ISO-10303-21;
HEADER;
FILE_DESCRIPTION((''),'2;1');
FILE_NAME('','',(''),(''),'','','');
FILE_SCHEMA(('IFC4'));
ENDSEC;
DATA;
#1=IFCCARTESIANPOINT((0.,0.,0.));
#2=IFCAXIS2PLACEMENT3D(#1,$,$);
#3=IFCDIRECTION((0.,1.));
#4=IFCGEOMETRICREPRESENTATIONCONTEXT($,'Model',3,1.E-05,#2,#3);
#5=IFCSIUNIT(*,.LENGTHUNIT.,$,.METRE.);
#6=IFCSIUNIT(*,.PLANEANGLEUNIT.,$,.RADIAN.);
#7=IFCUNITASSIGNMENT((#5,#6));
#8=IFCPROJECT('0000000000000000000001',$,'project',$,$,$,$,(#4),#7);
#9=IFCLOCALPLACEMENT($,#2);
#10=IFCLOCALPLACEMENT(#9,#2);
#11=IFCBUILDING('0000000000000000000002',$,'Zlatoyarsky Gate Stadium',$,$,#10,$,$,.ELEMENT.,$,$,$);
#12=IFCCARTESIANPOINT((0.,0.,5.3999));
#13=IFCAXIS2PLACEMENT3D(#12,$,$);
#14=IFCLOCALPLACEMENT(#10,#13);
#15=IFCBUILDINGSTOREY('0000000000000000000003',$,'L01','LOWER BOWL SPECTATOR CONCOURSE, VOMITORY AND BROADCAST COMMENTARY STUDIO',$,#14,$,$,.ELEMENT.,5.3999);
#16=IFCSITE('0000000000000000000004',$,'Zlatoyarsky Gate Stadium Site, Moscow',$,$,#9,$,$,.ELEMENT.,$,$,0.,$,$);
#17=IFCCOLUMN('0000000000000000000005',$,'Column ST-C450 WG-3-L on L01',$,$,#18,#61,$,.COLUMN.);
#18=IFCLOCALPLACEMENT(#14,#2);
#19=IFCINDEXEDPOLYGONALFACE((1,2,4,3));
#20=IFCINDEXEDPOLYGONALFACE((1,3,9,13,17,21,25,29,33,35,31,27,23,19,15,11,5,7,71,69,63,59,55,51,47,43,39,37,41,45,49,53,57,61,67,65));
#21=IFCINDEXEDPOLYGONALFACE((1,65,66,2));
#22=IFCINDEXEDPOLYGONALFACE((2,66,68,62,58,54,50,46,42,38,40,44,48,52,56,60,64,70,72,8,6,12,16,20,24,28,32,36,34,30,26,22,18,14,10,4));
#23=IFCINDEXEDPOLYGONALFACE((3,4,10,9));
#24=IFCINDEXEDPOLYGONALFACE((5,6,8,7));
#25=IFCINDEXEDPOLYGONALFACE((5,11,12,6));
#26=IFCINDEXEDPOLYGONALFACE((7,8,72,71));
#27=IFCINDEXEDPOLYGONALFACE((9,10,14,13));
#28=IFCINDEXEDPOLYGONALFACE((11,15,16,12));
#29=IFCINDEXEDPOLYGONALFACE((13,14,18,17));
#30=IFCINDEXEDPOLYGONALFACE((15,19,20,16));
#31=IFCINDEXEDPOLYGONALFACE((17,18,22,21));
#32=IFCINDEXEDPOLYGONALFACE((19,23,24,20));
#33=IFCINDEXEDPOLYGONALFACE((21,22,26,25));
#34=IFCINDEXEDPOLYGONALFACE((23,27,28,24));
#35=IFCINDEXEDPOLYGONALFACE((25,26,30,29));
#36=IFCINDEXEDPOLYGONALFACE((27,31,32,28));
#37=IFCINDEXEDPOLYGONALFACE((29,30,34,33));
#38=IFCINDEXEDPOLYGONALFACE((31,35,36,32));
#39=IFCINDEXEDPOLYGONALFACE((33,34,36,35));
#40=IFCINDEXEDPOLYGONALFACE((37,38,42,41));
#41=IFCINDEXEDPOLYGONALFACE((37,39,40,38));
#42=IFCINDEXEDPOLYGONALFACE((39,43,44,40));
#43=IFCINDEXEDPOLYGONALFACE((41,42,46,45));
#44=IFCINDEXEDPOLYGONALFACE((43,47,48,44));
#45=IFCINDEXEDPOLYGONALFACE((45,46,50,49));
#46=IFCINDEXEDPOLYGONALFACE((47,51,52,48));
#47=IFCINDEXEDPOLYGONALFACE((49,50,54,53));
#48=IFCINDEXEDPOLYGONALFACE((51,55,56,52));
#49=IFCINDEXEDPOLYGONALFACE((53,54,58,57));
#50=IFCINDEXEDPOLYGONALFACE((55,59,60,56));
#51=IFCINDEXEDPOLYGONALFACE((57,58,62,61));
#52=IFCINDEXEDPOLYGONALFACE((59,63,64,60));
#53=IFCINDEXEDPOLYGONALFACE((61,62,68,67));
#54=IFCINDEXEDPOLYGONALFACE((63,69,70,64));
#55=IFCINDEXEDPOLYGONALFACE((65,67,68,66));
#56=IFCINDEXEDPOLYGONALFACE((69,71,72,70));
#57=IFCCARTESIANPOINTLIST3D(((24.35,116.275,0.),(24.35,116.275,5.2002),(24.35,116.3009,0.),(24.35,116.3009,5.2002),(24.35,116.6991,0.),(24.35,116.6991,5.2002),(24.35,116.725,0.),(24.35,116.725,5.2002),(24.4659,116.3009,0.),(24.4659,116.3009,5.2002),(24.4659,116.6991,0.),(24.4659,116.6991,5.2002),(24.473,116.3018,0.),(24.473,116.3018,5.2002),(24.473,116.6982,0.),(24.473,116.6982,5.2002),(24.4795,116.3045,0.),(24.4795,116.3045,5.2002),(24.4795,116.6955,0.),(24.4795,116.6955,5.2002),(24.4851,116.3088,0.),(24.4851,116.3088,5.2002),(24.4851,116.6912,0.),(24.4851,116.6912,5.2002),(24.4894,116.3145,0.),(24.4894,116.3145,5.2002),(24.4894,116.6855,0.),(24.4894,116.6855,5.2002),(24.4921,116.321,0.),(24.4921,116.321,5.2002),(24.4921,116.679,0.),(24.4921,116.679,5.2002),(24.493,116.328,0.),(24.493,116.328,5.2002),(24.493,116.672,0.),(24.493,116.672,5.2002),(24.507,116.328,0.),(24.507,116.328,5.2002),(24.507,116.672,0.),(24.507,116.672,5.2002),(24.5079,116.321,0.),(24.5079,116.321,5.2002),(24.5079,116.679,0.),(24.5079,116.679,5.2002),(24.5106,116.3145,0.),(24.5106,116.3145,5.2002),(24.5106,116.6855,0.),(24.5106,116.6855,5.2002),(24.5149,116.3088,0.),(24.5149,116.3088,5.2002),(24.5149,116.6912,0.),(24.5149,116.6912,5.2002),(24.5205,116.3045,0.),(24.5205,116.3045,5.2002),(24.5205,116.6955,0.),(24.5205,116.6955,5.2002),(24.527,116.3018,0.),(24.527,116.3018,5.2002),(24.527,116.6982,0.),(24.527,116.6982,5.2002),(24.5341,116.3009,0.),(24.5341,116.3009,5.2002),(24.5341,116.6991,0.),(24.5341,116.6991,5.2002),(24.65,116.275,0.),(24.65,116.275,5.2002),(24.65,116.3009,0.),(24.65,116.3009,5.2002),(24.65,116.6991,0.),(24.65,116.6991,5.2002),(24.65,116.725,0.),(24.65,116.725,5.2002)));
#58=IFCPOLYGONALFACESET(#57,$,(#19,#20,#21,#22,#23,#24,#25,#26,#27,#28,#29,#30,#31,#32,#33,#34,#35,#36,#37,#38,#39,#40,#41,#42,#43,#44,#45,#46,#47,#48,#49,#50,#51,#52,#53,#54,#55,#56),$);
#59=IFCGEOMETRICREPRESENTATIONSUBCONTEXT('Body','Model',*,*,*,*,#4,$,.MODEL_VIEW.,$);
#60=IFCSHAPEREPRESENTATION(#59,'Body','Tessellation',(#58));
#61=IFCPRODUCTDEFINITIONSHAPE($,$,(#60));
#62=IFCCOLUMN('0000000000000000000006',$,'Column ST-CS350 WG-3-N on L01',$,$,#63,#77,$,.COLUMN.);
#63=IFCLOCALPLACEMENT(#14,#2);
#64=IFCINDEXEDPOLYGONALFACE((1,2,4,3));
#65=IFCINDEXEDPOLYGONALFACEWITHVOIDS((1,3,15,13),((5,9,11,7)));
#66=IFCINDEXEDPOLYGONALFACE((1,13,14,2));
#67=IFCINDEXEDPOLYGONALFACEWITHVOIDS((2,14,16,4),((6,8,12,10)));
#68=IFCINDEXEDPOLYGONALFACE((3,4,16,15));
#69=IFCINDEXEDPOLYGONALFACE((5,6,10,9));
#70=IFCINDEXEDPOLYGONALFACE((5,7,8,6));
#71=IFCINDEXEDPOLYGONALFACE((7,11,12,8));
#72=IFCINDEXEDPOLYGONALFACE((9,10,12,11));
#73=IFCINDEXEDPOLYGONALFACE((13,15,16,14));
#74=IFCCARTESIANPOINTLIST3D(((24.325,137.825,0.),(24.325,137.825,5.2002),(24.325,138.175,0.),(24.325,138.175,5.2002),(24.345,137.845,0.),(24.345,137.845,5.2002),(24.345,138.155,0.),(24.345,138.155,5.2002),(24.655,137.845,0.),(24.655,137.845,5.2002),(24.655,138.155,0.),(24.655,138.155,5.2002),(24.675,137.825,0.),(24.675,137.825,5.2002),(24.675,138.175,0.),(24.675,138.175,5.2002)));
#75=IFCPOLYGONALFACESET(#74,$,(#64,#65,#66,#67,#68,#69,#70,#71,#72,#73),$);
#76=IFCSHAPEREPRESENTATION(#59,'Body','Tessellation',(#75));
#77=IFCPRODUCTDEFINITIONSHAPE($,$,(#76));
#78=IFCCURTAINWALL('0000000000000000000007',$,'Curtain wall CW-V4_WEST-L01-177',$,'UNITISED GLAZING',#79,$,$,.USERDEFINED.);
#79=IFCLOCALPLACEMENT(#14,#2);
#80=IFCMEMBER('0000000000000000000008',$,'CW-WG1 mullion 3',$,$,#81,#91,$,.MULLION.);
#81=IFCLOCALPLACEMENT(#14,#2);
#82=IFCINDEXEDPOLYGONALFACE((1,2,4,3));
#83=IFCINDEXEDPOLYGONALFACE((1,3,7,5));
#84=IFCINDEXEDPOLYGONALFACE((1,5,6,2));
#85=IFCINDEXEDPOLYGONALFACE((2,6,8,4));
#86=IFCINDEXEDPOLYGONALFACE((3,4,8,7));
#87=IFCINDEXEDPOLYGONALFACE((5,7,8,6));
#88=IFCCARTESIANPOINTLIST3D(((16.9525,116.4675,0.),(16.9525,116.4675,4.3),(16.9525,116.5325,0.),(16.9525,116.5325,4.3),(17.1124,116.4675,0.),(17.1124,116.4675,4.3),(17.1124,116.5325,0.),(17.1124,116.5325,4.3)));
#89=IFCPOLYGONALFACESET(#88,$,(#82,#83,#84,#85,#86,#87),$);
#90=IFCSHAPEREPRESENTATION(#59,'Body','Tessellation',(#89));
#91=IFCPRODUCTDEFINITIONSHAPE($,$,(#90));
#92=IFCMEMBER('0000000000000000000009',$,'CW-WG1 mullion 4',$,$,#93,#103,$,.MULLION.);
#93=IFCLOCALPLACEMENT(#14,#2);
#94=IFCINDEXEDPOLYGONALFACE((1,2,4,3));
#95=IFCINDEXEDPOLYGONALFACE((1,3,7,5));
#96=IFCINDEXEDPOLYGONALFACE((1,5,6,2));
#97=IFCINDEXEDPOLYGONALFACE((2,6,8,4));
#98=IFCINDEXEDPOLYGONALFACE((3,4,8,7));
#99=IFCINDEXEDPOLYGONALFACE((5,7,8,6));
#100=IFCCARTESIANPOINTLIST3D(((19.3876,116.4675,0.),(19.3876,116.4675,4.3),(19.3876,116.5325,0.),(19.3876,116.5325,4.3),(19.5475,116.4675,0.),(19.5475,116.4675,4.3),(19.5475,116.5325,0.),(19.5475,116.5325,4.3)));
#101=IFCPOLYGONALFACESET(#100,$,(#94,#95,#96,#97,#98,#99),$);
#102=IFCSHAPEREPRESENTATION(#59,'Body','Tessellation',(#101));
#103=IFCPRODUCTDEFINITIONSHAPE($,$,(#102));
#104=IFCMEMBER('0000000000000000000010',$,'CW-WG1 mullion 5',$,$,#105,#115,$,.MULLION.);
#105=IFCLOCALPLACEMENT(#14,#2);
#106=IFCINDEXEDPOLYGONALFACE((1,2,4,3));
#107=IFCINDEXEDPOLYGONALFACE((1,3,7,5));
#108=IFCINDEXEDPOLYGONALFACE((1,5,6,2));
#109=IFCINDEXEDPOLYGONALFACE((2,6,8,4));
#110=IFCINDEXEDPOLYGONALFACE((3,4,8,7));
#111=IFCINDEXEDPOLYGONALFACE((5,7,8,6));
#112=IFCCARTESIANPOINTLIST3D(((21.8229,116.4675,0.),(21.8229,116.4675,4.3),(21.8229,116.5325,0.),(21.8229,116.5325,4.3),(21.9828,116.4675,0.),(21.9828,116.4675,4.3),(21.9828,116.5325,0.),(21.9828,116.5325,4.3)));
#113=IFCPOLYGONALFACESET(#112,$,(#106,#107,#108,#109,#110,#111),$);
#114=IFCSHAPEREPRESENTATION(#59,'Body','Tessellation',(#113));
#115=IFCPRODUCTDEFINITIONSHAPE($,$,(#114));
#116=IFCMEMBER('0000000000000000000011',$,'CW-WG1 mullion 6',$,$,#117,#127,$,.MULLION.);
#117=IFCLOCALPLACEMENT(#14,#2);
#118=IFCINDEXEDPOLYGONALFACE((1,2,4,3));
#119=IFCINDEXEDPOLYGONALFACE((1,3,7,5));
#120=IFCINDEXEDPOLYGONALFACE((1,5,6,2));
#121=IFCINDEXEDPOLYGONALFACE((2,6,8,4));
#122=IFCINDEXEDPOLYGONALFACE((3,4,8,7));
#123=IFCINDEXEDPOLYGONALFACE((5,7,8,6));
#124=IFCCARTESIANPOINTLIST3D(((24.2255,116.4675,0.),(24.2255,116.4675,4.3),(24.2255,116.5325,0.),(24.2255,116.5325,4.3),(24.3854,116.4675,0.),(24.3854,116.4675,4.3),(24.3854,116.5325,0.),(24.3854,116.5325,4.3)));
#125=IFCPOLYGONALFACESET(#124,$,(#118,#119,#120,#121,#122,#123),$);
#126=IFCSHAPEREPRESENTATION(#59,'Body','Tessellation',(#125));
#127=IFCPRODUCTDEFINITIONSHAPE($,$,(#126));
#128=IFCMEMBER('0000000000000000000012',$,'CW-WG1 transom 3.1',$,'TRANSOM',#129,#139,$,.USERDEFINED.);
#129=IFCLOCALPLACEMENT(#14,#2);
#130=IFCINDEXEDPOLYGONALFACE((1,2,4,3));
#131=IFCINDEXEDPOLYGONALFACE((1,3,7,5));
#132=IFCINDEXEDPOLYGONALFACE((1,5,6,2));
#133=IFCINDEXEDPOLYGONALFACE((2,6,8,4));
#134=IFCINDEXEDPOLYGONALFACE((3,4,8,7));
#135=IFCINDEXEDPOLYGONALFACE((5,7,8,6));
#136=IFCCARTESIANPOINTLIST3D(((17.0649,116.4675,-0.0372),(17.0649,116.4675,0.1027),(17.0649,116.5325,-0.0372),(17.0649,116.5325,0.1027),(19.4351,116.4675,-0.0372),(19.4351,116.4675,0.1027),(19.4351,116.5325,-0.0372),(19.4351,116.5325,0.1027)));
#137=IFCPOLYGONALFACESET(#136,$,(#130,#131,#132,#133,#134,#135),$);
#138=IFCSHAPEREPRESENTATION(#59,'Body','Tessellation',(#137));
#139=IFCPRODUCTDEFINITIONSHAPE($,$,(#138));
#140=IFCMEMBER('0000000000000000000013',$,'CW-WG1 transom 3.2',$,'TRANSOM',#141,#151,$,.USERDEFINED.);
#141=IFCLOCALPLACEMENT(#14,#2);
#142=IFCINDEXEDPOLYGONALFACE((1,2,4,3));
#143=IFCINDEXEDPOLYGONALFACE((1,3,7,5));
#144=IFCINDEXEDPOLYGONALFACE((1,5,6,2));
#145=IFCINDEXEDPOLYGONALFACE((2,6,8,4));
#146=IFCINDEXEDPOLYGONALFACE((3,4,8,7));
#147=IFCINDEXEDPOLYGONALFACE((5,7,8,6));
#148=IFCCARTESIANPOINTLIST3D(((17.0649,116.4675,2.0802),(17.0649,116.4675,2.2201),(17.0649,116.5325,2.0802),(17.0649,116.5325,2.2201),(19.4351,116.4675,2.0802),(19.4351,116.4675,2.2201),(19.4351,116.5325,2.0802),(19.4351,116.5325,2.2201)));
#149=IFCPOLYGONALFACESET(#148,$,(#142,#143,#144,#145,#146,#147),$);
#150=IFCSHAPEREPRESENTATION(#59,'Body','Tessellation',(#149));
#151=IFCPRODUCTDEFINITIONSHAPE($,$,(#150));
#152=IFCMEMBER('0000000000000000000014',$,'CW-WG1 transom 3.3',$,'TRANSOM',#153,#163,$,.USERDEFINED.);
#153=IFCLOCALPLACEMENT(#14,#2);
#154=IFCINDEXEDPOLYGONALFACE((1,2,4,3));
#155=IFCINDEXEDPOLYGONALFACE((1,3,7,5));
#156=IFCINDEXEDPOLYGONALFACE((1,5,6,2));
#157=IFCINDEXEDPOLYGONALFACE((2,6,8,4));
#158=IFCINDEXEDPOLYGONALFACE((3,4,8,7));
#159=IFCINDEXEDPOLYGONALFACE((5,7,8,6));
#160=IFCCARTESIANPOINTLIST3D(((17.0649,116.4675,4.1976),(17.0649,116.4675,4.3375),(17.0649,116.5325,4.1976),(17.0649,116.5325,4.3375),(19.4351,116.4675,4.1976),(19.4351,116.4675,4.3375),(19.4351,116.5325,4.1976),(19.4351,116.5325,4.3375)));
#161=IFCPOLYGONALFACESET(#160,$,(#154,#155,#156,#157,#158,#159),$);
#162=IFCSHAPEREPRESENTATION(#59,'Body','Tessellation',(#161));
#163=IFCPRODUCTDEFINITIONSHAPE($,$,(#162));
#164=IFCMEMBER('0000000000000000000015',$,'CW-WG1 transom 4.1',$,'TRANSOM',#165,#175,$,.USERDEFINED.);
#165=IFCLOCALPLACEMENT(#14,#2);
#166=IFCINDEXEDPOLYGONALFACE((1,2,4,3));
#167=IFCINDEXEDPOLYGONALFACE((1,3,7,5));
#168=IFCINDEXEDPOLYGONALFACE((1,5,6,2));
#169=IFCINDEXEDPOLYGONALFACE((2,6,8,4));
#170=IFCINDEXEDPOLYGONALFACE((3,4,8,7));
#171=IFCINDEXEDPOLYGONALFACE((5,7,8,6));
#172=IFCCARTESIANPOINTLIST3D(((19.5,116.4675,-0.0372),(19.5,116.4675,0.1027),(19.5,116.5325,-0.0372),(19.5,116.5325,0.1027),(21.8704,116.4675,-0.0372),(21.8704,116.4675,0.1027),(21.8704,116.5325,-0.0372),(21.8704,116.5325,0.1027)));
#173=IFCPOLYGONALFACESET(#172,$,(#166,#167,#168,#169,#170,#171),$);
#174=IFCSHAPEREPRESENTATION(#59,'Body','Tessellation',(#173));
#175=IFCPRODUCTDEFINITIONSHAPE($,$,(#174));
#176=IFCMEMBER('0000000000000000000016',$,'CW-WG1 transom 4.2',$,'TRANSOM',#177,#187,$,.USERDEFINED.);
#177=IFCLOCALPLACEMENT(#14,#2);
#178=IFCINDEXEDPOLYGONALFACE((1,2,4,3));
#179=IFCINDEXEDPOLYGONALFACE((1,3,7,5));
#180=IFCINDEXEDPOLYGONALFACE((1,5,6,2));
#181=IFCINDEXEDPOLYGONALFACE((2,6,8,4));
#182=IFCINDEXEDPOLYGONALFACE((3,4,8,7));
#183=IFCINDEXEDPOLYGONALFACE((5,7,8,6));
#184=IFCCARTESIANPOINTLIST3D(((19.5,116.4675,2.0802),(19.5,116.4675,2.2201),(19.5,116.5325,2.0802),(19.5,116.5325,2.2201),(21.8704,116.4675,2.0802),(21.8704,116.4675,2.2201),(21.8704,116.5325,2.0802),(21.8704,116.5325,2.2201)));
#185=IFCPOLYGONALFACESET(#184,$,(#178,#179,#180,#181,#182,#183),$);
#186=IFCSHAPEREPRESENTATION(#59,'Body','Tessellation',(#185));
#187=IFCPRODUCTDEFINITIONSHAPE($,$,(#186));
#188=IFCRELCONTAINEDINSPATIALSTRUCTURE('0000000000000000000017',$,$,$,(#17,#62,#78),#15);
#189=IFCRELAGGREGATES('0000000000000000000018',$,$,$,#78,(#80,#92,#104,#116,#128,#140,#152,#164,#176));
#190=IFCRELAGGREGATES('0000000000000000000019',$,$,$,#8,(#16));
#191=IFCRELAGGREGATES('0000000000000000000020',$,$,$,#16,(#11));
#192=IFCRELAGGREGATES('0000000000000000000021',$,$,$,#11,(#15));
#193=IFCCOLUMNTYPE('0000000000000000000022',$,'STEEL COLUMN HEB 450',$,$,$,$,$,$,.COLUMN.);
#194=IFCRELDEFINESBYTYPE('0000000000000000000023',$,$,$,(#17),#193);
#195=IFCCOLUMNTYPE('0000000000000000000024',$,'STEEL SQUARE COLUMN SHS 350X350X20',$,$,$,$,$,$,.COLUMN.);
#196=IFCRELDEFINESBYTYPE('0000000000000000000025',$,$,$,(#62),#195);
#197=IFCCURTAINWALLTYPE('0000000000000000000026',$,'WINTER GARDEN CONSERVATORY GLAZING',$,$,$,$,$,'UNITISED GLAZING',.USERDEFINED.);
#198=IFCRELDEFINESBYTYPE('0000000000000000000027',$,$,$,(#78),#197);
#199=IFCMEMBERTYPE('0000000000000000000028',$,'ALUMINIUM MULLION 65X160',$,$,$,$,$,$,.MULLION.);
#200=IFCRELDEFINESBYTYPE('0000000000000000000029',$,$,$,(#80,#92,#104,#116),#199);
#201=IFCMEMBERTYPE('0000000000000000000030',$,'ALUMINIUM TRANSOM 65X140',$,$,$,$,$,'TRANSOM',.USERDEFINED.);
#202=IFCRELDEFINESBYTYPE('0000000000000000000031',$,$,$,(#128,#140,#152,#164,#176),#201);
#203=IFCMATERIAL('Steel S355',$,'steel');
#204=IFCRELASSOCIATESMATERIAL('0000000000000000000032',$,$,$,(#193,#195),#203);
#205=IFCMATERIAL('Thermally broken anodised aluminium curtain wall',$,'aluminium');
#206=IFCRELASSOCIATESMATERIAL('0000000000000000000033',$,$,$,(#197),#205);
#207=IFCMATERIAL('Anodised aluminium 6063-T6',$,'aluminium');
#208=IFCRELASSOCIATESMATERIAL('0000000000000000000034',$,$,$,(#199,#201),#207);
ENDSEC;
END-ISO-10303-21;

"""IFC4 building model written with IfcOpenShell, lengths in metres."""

from ifc_helpers import new_model, si_unit, direction, frame, origin, origin_2d, place, context, subcontext, project, spatial, rectangle, hollow_rectangle, i_section, extrude, material, material_profile, profile_set, type_object, element, aggregate, save


model = new_model("IFC4")

# Units and contexts
model_context = context("Model", 3, precision=1e-05, world=origin(), true_north=direction((0.0, 1.0)))
body_context = subcontext(model_context, "Body", "Model", "MODEL_VIEW")
ifc_project = project(units=[si_unit("LENGTHUNIT", "METRE"), si_unit("PLANEANGLEUNIT", "RADIAN")], contexts=[model_context])

# Site, building, storey
site_placement = place(None, origin())
site = spatial("IfcSite", under=ifc_project, at=site_placement, Name="Zlatoyarsky Gate Stadium Site, Moscow", CompositionType="ELEMENT", RefElevation=0.0)
building_placement = place(site_placement, origin())
building = spatial("IfcBuilding", under=site, at=building_placement, Name="Zlatoyarsky Gate Stadium", CompositionType="ELEMENT")
storey_placement = place(building_placement, frame((0.0, 0.0, 5.3999)))
storey = spatial("IfcBuildingStorey", under=building, at=storey_placement, Name="L01", Description="LOWER BOWL SPECTATOR CONCOURSE, VOMITORY AND BROADCAST COMMENTARY STUDIO", CompositionType="ELEMENT", Elevation=5.3999)

# Columns
ifc_material_1 = material(Name="Steel S355", Category="steel")
ifc_material_profile_1 = material_profile(ifc_material_1, i_section(OverallWidth=0.3, OverallDepth=0.45, WebThickness=0.0139, FlangeThickness=0.0259, FilletRadius=0.0271, at=origin_2d()), Name="HEB 450")
ifc_profile_set_1 = profile_set([ifc_material_profile_1], Name="Steel S355")
column_type_1 = type_object("IfcColumnType", Name="STEEL COLUMN HEB 450", PredefinedType="COLUMN", material=ifc_profile_set_1)
column_1_placement = place(storey_placement, frame((24.5, 116.5, 0.0), z_axis=(0.0, 0.0, 1.0), x_axis=(1.0, 0.0, 0.0)))
element("IfcColumn", 1, at=column_1_placement, inside=storey, type_object=column_type_1, Name="Column ST-C450 WG-3-L on L01", PredefinedType="COLUMN", context=body_context, shape_type="SweptSolid", body=[
    extrude(i_section(OverallWidth=0.3, OverallDepth=0.45, WebThickness=0.0139, FlangeThickness=0.0259, FilletRadius=0.0271, at=origin_2d()), origin(), (0.0, 0.0, 1.0), 5.2002),
])
ifc_material_profile_2 = material_profile(ifc_material_1, hollow_rectangle(XDim=0.3501, YDim=0.3501, WallThickness=0.02, at=origin_2d()), Name="SHS 350X350X20")
ifc_profile_set_2 = profile_set([ifc_material_profile_2], Name="Steel S355")
column_type_2 = type_object("IfcColumnType", Name="STEEL SQUARE COLUMN SHS 350X350X20", PredefinedType="COLUMN", material=ifc_profile_set_2)
column_2_placement = place(storey_placement, frame((24.5, 138.0, 0.0), z_axis=(0.0, 0.0, 1.0), x_axis=(1.0, 0.0, 0.0)))
element("IfcColumn", 2, at=column_2_placement, inside=storey, type_object=column_type_2, Name="Column ST-CS350 WG-3-N on L01", PredefinedType="COLUMN", context=body_context, shape_type="SweptSolid", body=[
    extrude(hollow_rectangle(XDim=0.3501, YDim=0.3501, WallThickness=0.02, at=origin_2d()), origin(), (0.0, 0.0, 1.0), 5.2002),
])

# Curtain wall, members
ifc_material_2 = material(Name="Thermally broken anodised aluminium curtain wall", Category="aluminium")
curtain_wall_type = type_object("IfcCurtainWallType", Name="WINTER GARDEN CONSERVATORY GLAZING", ElementType="UNITISED GLAZING", PredefinedType="USERDEFINED", material=ifc_material_2)
curtain_wall_placement = place(storey_placement, origin())
curtain_wall = element("IfcCurtainWall", 3, at=curtain_wall_placement, inside=storey, type_object=curtain_wall_type, Name="Curtain wall CW-V4_WEST-L01-177", ObjectType="UNITISED GLAZING", PredefinedType="USERDEFINED")
ifc_material_3 = material(Name="Anodised aluminium 6063-T6", Category="aluminium")
ifc_material_profile_3 = material_profile(ifc_material_3, rectangle(XDim=0.0649, YDim=0.1599, at=origin_2d()), Name="ALU 65X160")
ifc_profile_set_3 = profile_set([ifc_material_profile_3], Name="Anodised aluminium 6063-T6")
member_type_1 = type_object("IfcMemberType", Name="ALUMINIUM MULLION 65X160", PredefinedType="MULLION", material=ifc_profile_set_3)
member_1_placement = place(storey_placement, frame((17.0325, 116.5, 0.0), z_axis=(0.0, 0.0, 1.0), x_axis=(0.0, 1.0, 0.0)))
member_1 = element("IfcMember", 4, at=member_1_placement, type_object=member_type_1, Name="CW-WG1 mullion 3", PredefinedType="MULLION", context=body_context, shape_type="SweptSolid", body=[
    extrude(rectangle(XDim=0.0649, YDim=0.1599, at=origin_2d()), origin(), (0.0, 0.0, 1.0), 4.3),
])
member_2_placement = place(storey_placement, frame((19.4675, 116.5, 0.0), z_axis=(0.0, 0.0, 1.0), x_axis=(0.0, 1.0, 0.0)))
member_2 = element("IfcMember", 5, at=member_2_placement, type_object=member_type_1, Name="CW-WG1 mullion 4", PredefinedType="MULLION", context=body_context, shape_type="SweptSolid", body=[
    extrude(rectangle(XDim=0.0649, YDim=0.1599, at=origin_2d()), origin(), (0.0, 0.0, 1.0), 4.3),
])
member_3_placement = place(storey_placement, frame((21.9028, 116.5, 0.0), z_axis=(0.0, 0.0, 1.0), x_axis=(0.0, 1.0, 0.0)))
member_3 = element("IfcMember", 6, at=member_3_placement, type_object=member_type_1, Name="CW-WG1 mullion 5", PredefinedType="MULLION", context=body_context, shape_type="SweptSolid", body=[
    extrude(rectangle(XDim=0.0649, YDim=0.1599, at=origin_2d()), origin(), (0.0, 0.0, 1.0), 4.3),
])
member_4_placement = place(storey_placement, frame((24.3054, 116.5, 0.0), z_axis=(0.0, 0.0, 1.0), x_axis=(0.0, 1.0, 0.0)))
member_4 = element("IfcMember", 7, at=member_4_placement, type_object=member_type_1, Name="CW-WG1 mullion 6", PredefinedType="MULLION", context=body_context, shape_type="SweptSolid", body=[
    extrude(rectangle(XDim=0.0649, YDim=0.1599, at=origin_2d()), origin(), (0.0, 0.0, 1.0), 4.3),
])
ifc_material_profile_4 = material_profile(ifc_material_3, rectangle(XDim=0.0649, YDim=0.1399, at=origin_2d()), Name="ALU 65X140")
ifc_profile_set_4 = profile_set([ifc_material_profile_4], Name="Anodised aluminium 6063-T6")
member_type_2 = type_object("IfcMemberType", Name="ALUMINIUM TRANSOM 65X140", ElementType="TRANSOM", PredefinedType="USERDEFINED", material=ifc_profile_set_4)
member_5_placement = place(storey_placement, frame((17.0649, 116.5, 0.0327), z_axis=(1.0, 0.0, 0.0), x_axis=(0.0, 1.0, 0.0)))
member_5 = element("IfcMember", 8, at=member_5_placement, type_object=member_type_2, Name="CW-WG1 transom 3.1", ObjectType="TRANSOM", PredefinedType="USERDEFINED", context=body_context, shape_type="SweptSolid", body=[
    extrude(rectangle(XDim=0.0649, YDim=0.1399, at=origin_2d()), origin(), (0.0, 0.0, 1.0), 2.3701),
])
member_6_placement = place(storey_placement, frame((17.0649, 116.5, 2.1501), z_axis=(1.0, 0.0, 0.0), x_axis=(0.0, 1.0, 0.0)))
member_6 = element("IfcMember", 9, at=member_6_placement, type_object=member_type_2, Name="CW-WG1 transom 3.2", ObjectType="TRANSOM", PredefinedType="USERDEFINED", context=body_context, shape_type="SweptSolid", body=[
    extrude(rectangle(XDim=0.0649, YDim=0.1399, at=origin_2d()), origin(), (0.0, 0.0, 1.0), 2.3701),
])
member_7_placement = place(storey_placement, frame((17.0649, 116.5, 4.2676), z_axis=(1.0, 0.0, 0.0), x_axis=(0.0, 1.0, 0.0)))
member_7 = element("IfcMember", 10, at=member_7_placement, type_object=member_type_2, Name="CW-WG1 transom 3.3", ObjectType="TRANSOM", PredefinedType="USERDEFINED", context=body_context, shape_type="SweptSolid", body=[
    extrude(rectangle(XDim=0.0649, YDim=0.1399, at=origin_2d()), origin(), (0.0, 0.0, 1.0), 2.3701),
])
member_8_placement = place(storey_placement, frame((19.5, 116.5, 0.0327), z_axis=(1.0, 0.0, 0.0), x_axis=(0.0, 1.0, 0.0)))
member_8 = element("IfcMember", 11, at=member_8_placement, type_object=member_type_2, Name="CW-WG1 transom 4.1", ObjectType="TRANSOM", PredefinedType="USERDEFINED", context=body_context, shape_type="SweptSolid", body=[
    extrude(rectangle(XDim=0.0649, YDim=0.1399, at=origin_2d()), origin(), (0.0, 0.0, 1.0), 2.3704),
])
member_9_placement = place(storey_placement, frame((19.5, 116.5, 2.1501), z_axis=(1.0, 0.0, 0.0), x_axis=(0.0, 1.0, 0.0)))
member_9 = element("IfcMember", 12, at=member_9_placement, type_object=member_type_2, Name="CW-WG1 transom 4.2", ObjectType="TRANSOM", PredefinedType="USERDEFINED", context=body_context, shape_type="SweptSolid", body=[
    extrude(rectangle(XDim=0.0649, YDim=0.1399, at=origin_2d()), origin(), (0.0, 0.0, 1.0), 2.3704),
])

aggregate(curtain_wall, [member_1, member_2, member_3, member_4, member_5, member_6, member_7, member_8, member_9])

save(model, "model.ifc")
